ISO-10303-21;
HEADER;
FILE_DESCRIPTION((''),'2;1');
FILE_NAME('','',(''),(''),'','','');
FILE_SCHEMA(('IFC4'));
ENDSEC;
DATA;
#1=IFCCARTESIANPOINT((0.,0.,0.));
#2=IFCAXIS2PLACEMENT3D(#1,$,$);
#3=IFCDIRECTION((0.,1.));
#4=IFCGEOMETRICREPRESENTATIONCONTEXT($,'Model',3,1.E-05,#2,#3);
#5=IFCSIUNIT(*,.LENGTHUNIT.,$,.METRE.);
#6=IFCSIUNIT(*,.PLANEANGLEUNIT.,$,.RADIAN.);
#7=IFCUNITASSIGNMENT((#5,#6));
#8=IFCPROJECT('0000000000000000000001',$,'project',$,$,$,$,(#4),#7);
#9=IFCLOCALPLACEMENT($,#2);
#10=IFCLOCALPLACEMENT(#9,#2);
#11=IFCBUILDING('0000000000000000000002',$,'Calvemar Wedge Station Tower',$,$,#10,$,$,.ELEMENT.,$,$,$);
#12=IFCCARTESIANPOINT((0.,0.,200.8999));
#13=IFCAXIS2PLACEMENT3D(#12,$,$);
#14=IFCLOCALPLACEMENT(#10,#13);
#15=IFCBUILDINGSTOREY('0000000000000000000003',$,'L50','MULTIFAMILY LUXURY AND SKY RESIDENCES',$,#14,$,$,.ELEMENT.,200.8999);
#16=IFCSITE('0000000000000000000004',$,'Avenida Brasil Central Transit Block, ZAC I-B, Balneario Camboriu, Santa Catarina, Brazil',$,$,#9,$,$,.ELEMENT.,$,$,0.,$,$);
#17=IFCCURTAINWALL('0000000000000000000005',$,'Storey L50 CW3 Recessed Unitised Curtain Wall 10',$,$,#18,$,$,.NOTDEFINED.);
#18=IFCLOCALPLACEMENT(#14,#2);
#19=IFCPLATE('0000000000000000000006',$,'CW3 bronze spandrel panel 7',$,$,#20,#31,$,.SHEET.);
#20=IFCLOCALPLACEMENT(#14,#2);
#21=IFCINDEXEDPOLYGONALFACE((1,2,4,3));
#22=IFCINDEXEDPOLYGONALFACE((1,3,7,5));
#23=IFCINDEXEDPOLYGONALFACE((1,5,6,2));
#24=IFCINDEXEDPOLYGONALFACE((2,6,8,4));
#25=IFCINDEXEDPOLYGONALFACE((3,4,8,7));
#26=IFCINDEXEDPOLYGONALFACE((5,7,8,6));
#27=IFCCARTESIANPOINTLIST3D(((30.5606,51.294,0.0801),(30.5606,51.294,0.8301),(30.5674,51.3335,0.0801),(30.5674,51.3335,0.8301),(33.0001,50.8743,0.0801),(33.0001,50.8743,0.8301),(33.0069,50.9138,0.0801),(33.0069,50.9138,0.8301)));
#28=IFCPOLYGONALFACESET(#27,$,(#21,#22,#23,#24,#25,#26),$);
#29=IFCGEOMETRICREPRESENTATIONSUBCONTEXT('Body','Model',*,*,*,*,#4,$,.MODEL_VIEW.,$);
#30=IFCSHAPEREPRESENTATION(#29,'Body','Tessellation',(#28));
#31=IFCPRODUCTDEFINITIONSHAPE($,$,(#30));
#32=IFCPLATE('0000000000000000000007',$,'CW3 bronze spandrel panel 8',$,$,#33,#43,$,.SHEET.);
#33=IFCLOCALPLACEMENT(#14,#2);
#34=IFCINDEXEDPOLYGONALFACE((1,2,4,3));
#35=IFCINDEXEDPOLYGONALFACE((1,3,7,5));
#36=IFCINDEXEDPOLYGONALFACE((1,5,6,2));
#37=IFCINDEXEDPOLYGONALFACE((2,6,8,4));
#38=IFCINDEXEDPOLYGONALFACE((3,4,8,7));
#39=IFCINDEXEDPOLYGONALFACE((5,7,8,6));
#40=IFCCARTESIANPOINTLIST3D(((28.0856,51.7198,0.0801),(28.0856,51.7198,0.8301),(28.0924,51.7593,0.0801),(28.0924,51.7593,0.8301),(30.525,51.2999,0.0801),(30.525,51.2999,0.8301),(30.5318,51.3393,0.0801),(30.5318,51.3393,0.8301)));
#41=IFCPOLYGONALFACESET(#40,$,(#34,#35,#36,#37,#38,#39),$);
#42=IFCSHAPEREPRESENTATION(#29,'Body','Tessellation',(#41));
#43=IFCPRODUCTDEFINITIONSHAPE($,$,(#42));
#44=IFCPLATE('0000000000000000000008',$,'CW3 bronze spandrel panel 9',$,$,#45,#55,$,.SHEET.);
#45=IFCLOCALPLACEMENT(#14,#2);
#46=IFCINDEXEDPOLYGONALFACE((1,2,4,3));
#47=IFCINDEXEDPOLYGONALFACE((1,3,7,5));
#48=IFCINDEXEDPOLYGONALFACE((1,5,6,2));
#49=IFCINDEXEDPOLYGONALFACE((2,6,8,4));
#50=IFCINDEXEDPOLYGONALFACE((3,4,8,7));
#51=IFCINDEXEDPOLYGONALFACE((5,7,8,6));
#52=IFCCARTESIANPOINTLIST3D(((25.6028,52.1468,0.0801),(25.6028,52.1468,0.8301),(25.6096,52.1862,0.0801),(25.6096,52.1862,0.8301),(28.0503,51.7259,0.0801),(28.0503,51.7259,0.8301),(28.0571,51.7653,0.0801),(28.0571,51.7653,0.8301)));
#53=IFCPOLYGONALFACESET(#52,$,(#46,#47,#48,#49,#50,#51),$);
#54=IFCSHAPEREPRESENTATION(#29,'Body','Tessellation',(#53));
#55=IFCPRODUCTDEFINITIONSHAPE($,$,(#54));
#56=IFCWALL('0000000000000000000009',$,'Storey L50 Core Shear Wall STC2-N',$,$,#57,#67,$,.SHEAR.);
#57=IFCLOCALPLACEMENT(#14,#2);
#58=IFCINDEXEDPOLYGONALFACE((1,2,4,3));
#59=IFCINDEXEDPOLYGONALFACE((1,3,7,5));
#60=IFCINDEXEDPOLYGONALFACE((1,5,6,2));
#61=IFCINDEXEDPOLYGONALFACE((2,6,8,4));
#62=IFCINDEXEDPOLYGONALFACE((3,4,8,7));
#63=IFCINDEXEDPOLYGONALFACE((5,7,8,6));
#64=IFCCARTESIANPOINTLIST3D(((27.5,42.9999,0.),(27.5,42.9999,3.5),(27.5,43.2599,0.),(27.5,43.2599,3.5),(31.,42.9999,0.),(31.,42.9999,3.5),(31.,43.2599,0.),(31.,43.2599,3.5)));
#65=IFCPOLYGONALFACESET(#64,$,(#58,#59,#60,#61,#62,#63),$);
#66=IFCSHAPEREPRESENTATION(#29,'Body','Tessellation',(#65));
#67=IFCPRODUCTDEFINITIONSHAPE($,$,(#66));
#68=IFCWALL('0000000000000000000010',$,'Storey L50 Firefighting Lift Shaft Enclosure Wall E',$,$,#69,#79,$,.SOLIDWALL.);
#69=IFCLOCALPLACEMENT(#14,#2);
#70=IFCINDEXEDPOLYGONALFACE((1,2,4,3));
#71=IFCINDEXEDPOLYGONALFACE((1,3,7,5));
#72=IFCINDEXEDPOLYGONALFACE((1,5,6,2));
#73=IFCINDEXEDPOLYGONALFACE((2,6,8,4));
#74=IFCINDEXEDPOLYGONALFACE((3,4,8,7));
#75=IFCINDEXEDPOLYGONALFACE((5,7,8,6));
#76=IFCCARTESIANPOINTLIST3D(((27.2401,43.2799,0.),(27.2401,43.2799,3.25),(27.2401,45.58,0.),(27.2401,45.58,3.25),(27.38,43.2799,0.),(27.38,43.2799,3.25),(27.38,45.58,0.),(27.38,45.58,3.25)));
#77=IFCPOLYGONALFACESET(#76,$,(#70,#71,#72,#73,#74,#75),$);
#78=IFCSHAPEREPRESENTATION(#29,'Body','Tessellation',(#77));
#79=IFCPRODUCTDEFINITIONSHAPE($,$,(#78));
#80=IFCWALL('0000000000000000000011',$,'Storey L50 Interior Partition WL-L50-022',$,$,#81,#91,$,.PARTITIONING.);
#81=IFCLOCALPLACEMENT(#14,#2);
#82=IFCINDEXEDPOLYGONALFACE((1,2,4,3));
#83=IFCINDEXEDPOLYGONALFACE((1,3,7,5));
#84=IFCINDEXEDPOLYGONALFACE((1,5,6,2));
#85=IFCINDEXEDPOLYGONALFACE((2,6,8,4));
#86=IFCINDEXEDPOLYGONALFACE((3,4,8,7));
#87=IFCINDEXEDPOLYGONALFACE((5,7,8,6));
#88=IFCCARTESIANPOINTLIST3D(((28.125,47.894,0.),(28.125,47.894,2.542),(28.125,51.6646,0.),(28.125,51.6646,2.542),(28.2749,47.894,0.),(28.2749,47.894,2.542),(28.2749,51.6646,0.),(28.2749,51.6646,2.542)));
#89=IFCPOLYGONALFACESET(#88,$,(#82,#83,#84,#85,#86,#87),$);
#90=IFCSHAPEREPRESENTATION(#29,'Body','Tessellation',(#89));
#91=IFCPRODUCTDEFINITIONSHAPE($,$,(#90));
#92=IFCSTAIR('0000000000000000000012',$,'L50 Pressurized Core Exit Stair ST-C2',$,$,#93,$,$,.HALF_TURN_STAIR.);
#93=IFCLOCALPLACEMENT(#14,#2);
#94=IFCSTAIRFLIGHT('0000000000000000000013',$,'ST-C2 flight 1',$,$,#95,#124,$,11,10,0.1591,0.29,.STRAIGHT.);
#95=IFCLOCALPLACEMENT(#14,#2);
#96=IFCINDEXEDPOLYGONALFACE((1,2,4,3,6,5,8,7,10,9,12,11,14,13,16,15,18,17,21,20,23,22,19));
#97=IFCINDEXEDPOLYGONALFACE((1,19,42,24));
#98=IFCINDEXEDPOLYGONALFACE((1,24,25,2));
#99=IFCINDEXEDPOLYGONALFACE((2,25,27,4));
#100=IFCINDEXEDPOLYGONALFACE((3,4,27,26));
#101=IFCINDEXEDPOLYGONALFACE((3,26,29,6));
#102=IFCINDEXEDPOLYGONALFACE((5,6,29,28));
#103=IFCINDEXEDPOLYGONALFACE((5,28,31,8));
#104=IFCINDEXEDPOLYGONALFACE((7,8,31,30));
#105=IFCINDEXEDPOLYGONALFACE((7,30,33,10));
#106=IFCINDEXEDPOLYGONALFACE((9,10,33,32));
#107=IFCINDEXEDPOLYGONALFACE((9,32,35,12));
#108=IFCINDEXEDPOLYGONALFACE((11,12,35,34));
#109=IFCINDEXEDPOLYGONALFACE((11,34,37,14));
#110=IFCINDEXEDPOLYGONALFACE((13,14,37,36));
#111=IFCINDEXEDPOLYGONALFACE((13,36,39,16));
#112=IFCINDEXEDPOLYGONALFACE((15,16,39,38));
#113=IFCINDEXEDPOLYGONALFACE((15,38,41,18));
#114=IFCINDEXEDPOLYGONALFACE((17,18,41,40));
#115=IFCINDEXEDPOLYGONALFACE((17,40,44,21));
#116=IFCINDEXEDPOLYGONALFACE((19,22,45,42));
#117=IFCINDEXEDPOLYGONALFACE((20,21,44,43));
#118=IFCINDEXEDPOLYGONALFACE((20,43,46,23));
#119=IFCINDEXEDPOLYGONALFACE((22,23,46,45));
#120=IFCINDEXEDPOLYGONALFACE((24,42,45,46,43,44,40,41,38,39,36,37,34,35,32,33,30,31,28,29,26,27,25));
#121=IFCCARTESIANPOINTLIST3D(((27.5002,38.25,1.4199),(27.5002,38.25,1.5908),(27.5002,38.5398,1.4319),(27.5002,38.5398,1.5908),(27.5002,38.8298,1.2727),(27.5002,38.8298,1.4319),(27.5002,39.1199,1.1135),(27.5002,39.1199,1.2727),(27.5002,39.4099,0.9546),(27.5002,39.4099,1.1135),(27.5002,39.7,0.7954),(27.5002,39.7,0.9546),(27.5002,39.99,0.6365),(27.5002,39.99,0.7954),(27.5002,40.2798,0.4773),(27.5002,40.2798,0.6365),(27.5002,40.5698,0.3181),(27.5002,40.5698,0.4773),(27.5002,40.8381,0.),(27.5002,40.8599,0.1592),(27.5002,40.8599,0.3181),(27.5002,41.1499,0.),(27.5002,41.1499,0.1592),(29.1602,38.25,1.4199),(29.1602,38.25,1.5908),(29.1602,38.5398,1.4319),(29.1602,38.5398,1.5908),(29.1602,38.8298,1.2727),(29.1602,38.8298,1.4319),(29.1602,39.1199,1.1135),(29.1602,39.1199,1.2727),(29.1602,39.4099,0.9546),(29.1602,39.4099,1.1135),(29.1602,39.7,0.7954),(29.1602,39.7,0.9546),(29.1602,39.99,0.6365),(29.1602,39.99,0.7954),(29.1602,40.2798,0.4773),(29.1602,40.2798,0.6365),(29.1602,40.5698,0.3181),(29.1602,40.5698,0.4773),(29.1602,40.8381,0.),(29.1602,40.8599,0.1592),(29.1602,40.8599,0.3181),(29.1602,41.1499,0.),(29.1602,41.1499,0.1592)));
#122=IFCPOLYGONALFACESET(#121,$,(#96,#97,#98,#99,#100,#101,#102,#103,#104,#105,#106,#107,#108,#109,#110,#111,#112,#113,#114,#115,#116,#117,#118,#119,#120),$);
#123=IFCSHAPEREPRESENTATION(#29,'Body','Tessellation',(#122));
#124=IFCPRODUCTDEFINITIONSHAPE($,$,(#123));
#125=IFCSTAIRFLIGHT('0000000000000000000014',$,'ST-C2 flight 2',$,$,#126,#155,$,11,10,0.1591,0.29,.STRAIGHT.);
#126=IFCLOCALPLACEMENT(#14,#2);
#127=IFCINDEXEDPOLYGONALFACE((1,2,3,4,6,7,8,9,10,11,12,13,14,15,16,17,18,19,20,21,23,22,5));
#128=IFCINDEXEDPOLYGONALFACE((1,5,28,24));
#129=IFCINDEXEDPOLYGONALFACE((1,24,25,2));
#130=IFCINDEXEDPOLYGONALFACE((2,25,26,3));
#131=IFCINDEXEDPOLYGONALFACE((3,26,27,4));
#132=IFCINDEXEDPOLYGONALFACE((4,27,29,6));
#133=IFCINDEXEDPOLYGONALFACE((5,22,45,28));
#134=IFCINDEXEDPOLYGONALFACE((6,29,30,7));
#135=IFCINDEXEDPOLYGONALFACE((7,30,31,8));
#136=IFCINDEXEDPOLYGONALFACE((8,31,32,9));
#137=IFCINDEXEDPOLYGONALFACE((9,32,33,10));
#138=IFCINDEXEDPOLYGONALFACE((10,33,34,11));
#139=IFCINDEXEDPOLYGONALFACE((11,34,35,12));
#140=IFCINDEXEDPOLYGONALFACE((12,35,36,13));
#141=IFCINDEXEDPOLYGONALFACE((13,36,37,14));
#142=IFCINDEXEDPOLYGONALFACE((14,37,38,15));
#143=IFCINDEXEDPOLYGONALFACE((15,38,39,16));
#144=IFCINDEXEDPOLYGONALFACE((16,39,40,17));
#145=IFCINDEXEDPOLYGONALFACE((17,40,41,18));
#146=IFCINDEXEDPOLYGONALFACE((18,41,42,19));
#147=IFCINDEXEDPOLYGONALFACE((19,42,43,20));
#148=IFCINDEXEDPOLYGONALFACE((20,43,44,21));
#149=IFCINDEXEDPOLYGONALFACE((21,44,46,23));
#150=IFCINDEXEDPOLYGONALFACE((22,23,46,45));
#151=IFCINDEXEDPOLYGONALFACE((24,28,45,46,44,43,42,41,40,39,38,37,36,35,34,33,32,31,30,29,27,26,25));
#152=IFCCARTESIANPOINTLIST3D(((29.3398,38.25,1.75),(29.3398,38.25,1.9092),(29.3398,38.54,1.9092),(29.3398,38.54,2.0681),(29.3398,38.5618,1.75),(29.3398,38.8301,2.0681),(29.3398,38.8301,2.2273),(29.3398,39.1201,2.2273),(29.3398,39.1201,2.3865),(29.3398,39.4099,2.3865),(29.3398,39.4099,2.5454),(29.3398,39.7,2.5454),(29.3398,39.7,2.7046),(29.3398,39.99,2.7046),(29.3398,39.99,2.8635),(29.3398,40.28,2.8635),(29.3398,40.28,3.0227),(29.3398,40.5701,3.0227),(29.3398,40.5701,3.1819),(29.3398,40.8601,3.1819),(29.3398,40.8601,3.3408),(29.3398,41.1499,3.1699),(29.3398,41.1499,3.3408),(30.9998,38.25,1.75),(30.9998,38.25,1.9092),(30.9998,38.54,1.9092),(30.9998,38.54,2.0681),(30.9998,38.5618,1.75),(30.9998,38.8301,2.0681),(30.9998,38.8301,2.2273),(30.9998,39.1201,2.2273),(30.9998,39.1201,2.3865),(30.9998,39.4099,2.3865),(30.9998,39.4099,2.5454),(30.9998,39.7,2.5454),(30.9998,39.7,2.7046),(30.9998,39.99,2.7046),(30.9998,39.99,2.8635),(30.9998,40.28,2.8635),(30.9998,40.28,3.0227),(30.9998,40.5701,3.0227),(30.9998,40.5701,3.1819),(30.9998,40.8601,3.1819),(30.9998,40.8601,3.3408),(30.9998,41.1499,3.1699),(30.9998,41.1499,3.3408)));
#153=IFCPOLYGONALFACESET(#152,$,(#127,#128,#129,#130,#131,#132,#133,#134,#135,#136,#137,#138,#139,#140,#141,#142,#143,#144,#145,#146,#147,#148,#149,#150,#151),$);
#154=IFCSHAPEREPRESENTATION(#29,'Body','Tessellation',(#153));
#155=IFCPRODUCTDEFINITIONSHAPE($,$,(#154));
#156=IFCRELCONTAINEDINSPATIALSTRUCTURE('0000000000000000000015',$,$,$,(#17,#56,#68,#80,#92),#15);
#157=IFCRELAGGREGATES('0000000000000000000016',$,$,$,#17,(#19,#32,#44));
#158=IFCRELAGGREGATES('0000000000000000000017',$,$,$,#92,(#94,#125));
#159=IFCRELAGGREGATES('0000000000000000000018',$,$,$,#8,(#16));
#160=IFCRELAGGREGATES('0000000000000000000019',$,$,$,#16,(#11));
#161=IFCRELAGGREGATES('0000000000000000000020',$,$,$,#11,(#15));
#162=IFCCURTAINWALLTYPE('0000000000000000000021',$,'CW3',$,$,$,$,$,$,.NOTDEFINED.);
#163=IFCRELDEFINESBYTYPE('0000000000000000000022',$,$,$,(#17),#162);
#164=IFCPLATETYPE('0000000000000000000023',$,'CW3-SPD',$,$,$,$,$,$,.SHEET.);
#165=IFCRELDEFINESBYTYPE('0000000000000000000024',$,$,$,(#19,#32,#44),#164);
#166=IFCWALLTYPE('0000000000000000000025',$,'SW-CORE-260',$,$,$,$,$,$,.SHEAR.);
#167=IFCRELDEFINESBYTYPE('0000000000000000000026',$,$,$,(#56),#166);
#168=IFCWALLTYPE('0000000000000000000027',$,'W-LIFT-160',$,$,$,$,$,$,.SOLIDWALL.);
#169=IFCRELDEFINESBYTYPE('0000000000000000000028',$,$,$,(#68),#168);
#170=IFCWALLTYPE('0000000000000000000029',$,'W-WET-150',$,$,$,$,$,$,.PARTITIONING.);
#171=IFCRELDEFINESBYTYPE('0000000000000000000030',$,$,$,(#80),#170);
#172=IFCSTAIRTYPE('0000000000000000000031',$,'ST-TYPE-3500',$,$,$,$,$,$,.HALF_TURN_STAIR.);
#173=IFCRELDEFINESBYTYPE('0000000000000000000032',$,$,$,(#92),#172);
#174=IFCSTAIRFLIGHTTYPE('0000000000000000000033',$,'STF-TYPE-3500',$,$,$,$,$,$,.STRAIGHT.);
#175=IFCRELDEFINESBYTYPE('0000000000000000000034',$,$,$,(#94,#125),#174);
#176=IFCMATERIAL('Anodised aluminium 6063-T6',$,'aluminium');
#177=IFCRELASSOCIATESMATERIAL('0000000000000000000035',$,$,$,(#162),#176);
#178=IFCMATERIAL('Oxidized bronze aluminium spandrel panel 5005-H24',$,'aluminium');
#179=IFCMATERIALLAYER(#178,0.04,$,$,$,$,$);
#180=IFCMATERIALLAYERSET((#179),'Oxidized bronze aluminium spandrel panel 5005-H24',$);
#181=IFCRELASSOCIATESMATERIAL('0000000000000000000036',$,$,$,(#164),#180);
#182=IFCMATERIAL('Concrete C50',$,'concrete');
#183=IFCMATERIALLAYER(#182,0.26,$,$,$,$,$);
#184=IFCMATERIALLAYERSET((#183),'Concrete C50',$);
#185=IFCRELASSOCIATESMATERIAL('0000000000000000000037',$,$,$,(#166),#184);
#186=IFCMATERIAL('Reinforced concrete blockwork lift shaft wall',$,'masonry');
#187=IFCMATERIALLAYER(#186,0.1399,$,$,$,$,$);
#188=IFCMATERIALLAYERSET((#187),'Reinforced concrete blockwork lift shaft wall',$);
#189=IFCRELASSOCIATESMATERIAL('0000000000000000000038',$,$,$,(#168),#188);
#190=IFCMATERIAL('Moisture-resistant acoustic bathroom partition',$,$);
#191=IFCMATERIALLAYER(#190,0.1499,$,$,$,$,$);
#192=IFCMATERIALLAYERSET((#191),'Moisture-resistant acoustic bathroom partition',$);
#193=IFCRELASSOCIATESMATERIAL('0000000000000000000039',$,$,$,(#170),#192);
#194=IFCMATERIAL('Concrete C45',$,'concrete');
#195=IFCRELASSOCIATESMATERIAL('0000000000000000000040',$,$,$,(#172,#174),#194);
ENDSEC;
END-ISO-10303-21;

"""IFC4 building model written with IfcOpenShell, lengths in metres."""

from ifc_helpers import new_model, si_unit, direction, frame, frame_2d, origin, place, context, subcontext, project, spatial, polyline, rectangle, outline, extrude, material, layer, layer_set, type_object, element, aggregate, save


model = new_model("IFC4")

# Units and contexts
model_context = context("Model", 3, precision=1e-05, world=origin(), true_north=direction((0.0, 1.0)))
body_context = subcontext(model_context, "Body", "Model", "MODEL_VIEW")
ifc_project = project(units=[si_unit("LENGTHUNIT", "METRE"), si_unit("PLANEANGLEUNIT", "RADIAN")], contexts=[model_context])

# Site, building, storey
site_placement = place(None, origin())
site = spatial("IfcSite", under=ifc_project, at=site_placement, Name="Avenida Brasil Central Transit Block, ZAC I-B, Balneario Camboriu, Santa Catarina, Brazil", CompositionType="ELEMENT", RefElevation=0.0)
building_placement = place(site_placement, origin())
building = spatial("IfcBuilding", under=site, at=building_placement, Name="Calvemar Wedge Station Tower", CompositionType="ELEMENT")
storey_placement = place(building_placement, frame((0.0, 0.0, 200.8999)))
storey = spatial("IfcBuildingStorey", under=building, at=storey_placement, Name="L50", Description="MULTIFAMILY LUXURY AND SKY RESIDENCES", CompositionType="ELEMENT", Elevation=200.8999)

# Shared definitions
ifc_material_1 = material(Name="Concrete C50", Category="concrete")

# Curtain wall, plates
ifc_material_2 = material(Name="Anodised aluminium 6063-T6", Category="aluminium")
curtain_wall_type = type_object("IfcCurtainWallType", Name="CW3", PredefinedType="NOTDEFINED", material=ifc_material_2)
curtain_wall_placement = place(storey_placement, origin())
curtain_wall = element("IfcCurtainWall", 1, at=curtain_wall_placement, inside=storey, type_object=curtain_wall_type, Name="Storey L50 CW3 Recessed Unitised Curtain Wall 10", PredefinedType="NOTDEFINED")
ifc_material_3 = material(Name="Oxidized bronze aluminium spandrel panel 5005-H24", Category="aluminium")
ifc_layer_1 = layer(ifc_material_3, 0.04)
ifc_layer_set_1 = layer_set([ifc_layer_1], Name="Oxidized bronze aluminium spandrel panel 5005-H24")
plate_type_1 = type_object("IfcPlateType", Name="CW3-SPD", PredefinedType="SHEET", material=ifc_layer_set_1)
plate_1_placement = place(storey_placement, frame((33.0037, 50.894, 0.0801), z_axis=(0.0, 0.0, 1.0), x_axis=(-0.985522, 0.169547, 0.0)))
plate_1 = element("IfcPlate", 2, at=plate_1_placement, type_object=plate_type_1, Name="CW3 bronze spandrel panel 7", PredefinedType="SHEET", context=body_context, shape_type="SweptSolid", body=[
    extrude(rectangle(XDim=2.4753, YDim=0.04, at=frame_2d((1.2378, 0.0))), origin(), (0.0, 0.0, 1.0), 0.75),
])
plate_2_placement = place(storey_placement, frame((30.5286, 51.3196, 0.0801), z_axis=(0.0, 0.0, 1.0), x_axis=(-0.985506, 0.169643, 0.0)))
plate_2 = element("IfcPlate", 3, at=plate_2_placement, type_object=plate_type_1, Name="CW3 bronze spandrel panel 8", PredefinedType="SHEET", context=body_context, shape_type="SweptSolid", body=[
    extrude(rectangle(XDim=2.4753, YDim=0.04, at=frame_2d((1.2378, 0.0))), origin(), (0.0, 0.0, 1.0), 0.75),
])
plate_3_placement = place(storey_placement, frame((28.0537, 51.7456, 0.0801), z_axis=(0.0, 0.0, 1.0), x_axis=(-0.985533, 0.169482, 0.0)))
plate_3 = element("IfcPlate", 4, at=plate_3_placement, type_object=plate_type_1, Name="CW3 bronze spandrel panel 9", PredefinedType="SHEET", context=body_context, shape_type="SweptSolid", body=[
    extrude(rectangle(XDim=2.4834, YDim=0.04, at=frame_2d((1.2417, 0.0))), origin(), (0.0, 0.0, 1.0), 0.75),
])
aggregate(curtain_wall, [plate_1, plate_2, plate_3])

# Wall
ifc_layer_2 = layer(ifc_material_1, 0.26)
ifc_layer_set_2 = layer_set([ifc_layer_2], Name="Concrete C50")
wall_type_1 = type_object("IfcWallType", Name="SW-CORE-260", PredefinedType="SHEAR", material=ifc_layer_set_2)
wall_1_placement = place(storey_placement, frame((27.5, 43.1299, 0.0), z_axis=(0.0, 0.0, 1.0), x_axis=(1.0, 0.0, 0.0)))
element("IfcWall", 5, at=wall_1_placement, inside=storey, type_object=wall_type_1, Name="Storey L50 Core Shear Wall STC2-N", PredefinedType="SHEAR", context=body_context, shape_type="SweptSolid", body=[
    extrude(rectangle(XDim=3.5, YDim=0.26, at=frame_2d((1.75, 0.0))), origin(), (0.0, 0.0, 1.0), 3.5),
])

# Walls
ifc_material_4 = material(Name="Reinforced concrete blockwork lift shaft wall", Category="masonry")
ifc_layer_3 = layer(ifc_material_4, 0.1399)
ifc_layer_set_3 = layer_set([ifc_layer_3], Name="Reinforced concrete blockwork lift shaft wall")
wall_type_2 = type_object("IfcWallType", Name="W-LIFT-160", PredefinedType="SOLIDWALL", material=ifc_layer_set_3)
wall_2_placement = place(storey_placement, frame((27.3101, 43.28, 0.0), z_axis=(0.0, 0.0, 1.0), x_axis=(0.0, 1.0, 0.0)))
element("IfcWall", 6, at=wall_2_placement, inside=storey, type_object=wall_type_2, Name="Storey L50 Firefighting Lift Shaft Enclosure Wall E", PredefinedType="SOLIDWALL", context=body_context, shape_type="SweptSolid", body=[
    extrude(rectangle(XDim=2.3, YDim=0.1399, at=frame_2d((1.1499, 0.0))), origin(), (0.0, 0.0, 1.0), 3.25),
])
ifc_material_5 = material(Name="Moisture-resistant acoustic bathroom partition")
ifc_layer_4 = layer(ifc_material_5, 0.1499)
ifc_layer_set_4 = layer_set([ifc_layer_4], Name="Moisture-resistant acoustic bathroom partition")
wall_type_3 = type_object("IfcWallType", Name="W-WET-150", PredefinedType="PARTITIONING", material=ifc_layer_set_4)
wall_3_placement = place(storey_placement, frame((28.2, 51.6646, 0.0), z_axis=(0.0, 0.0, 1.0), x_axis=(0.0, -1.0, 0.0)))
element("IfcWall", 7, at=wall_3_placement, inside=storey, type_object=wall_type_3, Name="Storey L50 Interior Partition WL-L50-022", PredefinedType="PARTITIONING", context=body_context, shape_type="SweptSolid", body=[
    extrude(rectangle(XDim=3.7705, YDim=0.1499, at=frame_2d((1.8853, 0.0))), origin(), (0.0, 0.0, 1.0), 2.542),
])

# Stair, stair flights
ifc_material_6 = material(Name="Concrete C45", Category="concrete")
stair_type = type_object("IfcStairType", Name="ST-TYPE-3500", PredefinedType="HALF_TURN_STAIR", material=ifc_material_6)
stair_placement = place(storey_placement, origin())
stair = element("IfcStair", 8, at=stair_placement, inside=storey, type_object=stair_type, Name="L50 Pressurized Core Exit Stair ST-C2", PredefinedType="HALF_TURN_STAIR")
stair_flight_type = type_object("IfcStairFlightType", Name="STF-TYPE-3500", PredefinedType="STRAIGHT", material=ifc_material_6)
stair_flight_1_placement = place(storey_placement, frame((28.3301, 41.1499, 0.0), z_axis=(0.0, 0.0, 1.0), x_axis=(0.0, -1.0, 0.0)))
stair_flight_1 = element("IfcStairFlight", 9, at=stair_flight_1_placement, type_object=stair_flight_type, Name="ST-C2 flight 1", NumberOfRisers=11, NumberOfTreads=10, PredefinedType="STRAIGHT", RiserHeight=0.1591, TreadLength=0.29, context=body_context, shape_type="SweptSolid", body=[
    extrude(outline(polyline([(0.0, 0.0), (0.0, 0.1592), (0.29, 0.1592), (0.29, 0.3181), (0.5801, 0.3181), (0.5801, 0.4773), (0.8701, 0.4773), (0.8701, 0.6365), (1.1599, 0.6365), (1.1599, 0.7954), (1.45, 0.7954), (1.45, 0.9546), (1.74, 0.9546), (1.74, 1.1135), (2.03, 1.1135), (2.03, 1.2727), (2.3201, 1.2727), (2.3201, 1.4319), (2.6101, 1.4319), (2.6101, 1.5908), (2.8999, 1.5908), (2.8999, 1.75), (2.8999, 1.4199), (0.3118, 0.0), (0.0, 0.0)])), frame((0.0, 0.8301, 0.0), z_axis=(0.0, -1.0, 0.0), x_axis=(1.0, 0.0, 0.0)), (0.0, 0.0, 1.0), 1.6599),
])
stair_flight_2_placement = place(storey_placement, frame((30.1699, 38.25, 1.75), z_axis=(0.0, 0.0, 1.0), x_axis=(0.0, 1.0, 0.0)))
stair_flight_2 = element("IfcStairFlight", 10, at=stair_flight_2_placement, type_object=stair_flight_type, Name="ST-C2 flight 2", NumberOfRisers=11, NumberOfTreads=10, PredefinedType="STRAIGHT", RiserHeight=0.1591, TreadLength=0.29, context=body_context, shape_type="SweptSolid", body=[
    extrude(outline(polyline([(0.0, 0.0), (0.0, 0.1592), (0.29, 0.1592), (0.29, 0.3181), (0.5801, 0.3181), (0.5801, 0.4773), (0.8701, 0.4773), (0.8701, 0.6365), (1.1599, 0.6365), (1.1599, 0.7954), (1.45, 0.7954), (1.45, 0.9546), (1.74, 0.9546), (1.74, 1.1135), (2.03, 1.1135), (2.03, 1.2727), (2.3201, 1.2727), (2.3201, 1.4319), (2.6101, 1.4319), (2.6101, 1.5908), (2.8999, 1.5908), (2.8999, 1.75), (2.8999, 1.4199), (0.3118, 0.0), (0.0, 0.0)])), frame((0.0, 0.8301, 0.0), z_axis=(0.0, -1.0, 0.0), x_axis=(1.0, 0.0, 0.0)), (0.0, 0.0, 1.0), 1.6599),
])
aggregate(stair, [stair_flight_1, stair_flight_2])

save(model, "model.ifc")
